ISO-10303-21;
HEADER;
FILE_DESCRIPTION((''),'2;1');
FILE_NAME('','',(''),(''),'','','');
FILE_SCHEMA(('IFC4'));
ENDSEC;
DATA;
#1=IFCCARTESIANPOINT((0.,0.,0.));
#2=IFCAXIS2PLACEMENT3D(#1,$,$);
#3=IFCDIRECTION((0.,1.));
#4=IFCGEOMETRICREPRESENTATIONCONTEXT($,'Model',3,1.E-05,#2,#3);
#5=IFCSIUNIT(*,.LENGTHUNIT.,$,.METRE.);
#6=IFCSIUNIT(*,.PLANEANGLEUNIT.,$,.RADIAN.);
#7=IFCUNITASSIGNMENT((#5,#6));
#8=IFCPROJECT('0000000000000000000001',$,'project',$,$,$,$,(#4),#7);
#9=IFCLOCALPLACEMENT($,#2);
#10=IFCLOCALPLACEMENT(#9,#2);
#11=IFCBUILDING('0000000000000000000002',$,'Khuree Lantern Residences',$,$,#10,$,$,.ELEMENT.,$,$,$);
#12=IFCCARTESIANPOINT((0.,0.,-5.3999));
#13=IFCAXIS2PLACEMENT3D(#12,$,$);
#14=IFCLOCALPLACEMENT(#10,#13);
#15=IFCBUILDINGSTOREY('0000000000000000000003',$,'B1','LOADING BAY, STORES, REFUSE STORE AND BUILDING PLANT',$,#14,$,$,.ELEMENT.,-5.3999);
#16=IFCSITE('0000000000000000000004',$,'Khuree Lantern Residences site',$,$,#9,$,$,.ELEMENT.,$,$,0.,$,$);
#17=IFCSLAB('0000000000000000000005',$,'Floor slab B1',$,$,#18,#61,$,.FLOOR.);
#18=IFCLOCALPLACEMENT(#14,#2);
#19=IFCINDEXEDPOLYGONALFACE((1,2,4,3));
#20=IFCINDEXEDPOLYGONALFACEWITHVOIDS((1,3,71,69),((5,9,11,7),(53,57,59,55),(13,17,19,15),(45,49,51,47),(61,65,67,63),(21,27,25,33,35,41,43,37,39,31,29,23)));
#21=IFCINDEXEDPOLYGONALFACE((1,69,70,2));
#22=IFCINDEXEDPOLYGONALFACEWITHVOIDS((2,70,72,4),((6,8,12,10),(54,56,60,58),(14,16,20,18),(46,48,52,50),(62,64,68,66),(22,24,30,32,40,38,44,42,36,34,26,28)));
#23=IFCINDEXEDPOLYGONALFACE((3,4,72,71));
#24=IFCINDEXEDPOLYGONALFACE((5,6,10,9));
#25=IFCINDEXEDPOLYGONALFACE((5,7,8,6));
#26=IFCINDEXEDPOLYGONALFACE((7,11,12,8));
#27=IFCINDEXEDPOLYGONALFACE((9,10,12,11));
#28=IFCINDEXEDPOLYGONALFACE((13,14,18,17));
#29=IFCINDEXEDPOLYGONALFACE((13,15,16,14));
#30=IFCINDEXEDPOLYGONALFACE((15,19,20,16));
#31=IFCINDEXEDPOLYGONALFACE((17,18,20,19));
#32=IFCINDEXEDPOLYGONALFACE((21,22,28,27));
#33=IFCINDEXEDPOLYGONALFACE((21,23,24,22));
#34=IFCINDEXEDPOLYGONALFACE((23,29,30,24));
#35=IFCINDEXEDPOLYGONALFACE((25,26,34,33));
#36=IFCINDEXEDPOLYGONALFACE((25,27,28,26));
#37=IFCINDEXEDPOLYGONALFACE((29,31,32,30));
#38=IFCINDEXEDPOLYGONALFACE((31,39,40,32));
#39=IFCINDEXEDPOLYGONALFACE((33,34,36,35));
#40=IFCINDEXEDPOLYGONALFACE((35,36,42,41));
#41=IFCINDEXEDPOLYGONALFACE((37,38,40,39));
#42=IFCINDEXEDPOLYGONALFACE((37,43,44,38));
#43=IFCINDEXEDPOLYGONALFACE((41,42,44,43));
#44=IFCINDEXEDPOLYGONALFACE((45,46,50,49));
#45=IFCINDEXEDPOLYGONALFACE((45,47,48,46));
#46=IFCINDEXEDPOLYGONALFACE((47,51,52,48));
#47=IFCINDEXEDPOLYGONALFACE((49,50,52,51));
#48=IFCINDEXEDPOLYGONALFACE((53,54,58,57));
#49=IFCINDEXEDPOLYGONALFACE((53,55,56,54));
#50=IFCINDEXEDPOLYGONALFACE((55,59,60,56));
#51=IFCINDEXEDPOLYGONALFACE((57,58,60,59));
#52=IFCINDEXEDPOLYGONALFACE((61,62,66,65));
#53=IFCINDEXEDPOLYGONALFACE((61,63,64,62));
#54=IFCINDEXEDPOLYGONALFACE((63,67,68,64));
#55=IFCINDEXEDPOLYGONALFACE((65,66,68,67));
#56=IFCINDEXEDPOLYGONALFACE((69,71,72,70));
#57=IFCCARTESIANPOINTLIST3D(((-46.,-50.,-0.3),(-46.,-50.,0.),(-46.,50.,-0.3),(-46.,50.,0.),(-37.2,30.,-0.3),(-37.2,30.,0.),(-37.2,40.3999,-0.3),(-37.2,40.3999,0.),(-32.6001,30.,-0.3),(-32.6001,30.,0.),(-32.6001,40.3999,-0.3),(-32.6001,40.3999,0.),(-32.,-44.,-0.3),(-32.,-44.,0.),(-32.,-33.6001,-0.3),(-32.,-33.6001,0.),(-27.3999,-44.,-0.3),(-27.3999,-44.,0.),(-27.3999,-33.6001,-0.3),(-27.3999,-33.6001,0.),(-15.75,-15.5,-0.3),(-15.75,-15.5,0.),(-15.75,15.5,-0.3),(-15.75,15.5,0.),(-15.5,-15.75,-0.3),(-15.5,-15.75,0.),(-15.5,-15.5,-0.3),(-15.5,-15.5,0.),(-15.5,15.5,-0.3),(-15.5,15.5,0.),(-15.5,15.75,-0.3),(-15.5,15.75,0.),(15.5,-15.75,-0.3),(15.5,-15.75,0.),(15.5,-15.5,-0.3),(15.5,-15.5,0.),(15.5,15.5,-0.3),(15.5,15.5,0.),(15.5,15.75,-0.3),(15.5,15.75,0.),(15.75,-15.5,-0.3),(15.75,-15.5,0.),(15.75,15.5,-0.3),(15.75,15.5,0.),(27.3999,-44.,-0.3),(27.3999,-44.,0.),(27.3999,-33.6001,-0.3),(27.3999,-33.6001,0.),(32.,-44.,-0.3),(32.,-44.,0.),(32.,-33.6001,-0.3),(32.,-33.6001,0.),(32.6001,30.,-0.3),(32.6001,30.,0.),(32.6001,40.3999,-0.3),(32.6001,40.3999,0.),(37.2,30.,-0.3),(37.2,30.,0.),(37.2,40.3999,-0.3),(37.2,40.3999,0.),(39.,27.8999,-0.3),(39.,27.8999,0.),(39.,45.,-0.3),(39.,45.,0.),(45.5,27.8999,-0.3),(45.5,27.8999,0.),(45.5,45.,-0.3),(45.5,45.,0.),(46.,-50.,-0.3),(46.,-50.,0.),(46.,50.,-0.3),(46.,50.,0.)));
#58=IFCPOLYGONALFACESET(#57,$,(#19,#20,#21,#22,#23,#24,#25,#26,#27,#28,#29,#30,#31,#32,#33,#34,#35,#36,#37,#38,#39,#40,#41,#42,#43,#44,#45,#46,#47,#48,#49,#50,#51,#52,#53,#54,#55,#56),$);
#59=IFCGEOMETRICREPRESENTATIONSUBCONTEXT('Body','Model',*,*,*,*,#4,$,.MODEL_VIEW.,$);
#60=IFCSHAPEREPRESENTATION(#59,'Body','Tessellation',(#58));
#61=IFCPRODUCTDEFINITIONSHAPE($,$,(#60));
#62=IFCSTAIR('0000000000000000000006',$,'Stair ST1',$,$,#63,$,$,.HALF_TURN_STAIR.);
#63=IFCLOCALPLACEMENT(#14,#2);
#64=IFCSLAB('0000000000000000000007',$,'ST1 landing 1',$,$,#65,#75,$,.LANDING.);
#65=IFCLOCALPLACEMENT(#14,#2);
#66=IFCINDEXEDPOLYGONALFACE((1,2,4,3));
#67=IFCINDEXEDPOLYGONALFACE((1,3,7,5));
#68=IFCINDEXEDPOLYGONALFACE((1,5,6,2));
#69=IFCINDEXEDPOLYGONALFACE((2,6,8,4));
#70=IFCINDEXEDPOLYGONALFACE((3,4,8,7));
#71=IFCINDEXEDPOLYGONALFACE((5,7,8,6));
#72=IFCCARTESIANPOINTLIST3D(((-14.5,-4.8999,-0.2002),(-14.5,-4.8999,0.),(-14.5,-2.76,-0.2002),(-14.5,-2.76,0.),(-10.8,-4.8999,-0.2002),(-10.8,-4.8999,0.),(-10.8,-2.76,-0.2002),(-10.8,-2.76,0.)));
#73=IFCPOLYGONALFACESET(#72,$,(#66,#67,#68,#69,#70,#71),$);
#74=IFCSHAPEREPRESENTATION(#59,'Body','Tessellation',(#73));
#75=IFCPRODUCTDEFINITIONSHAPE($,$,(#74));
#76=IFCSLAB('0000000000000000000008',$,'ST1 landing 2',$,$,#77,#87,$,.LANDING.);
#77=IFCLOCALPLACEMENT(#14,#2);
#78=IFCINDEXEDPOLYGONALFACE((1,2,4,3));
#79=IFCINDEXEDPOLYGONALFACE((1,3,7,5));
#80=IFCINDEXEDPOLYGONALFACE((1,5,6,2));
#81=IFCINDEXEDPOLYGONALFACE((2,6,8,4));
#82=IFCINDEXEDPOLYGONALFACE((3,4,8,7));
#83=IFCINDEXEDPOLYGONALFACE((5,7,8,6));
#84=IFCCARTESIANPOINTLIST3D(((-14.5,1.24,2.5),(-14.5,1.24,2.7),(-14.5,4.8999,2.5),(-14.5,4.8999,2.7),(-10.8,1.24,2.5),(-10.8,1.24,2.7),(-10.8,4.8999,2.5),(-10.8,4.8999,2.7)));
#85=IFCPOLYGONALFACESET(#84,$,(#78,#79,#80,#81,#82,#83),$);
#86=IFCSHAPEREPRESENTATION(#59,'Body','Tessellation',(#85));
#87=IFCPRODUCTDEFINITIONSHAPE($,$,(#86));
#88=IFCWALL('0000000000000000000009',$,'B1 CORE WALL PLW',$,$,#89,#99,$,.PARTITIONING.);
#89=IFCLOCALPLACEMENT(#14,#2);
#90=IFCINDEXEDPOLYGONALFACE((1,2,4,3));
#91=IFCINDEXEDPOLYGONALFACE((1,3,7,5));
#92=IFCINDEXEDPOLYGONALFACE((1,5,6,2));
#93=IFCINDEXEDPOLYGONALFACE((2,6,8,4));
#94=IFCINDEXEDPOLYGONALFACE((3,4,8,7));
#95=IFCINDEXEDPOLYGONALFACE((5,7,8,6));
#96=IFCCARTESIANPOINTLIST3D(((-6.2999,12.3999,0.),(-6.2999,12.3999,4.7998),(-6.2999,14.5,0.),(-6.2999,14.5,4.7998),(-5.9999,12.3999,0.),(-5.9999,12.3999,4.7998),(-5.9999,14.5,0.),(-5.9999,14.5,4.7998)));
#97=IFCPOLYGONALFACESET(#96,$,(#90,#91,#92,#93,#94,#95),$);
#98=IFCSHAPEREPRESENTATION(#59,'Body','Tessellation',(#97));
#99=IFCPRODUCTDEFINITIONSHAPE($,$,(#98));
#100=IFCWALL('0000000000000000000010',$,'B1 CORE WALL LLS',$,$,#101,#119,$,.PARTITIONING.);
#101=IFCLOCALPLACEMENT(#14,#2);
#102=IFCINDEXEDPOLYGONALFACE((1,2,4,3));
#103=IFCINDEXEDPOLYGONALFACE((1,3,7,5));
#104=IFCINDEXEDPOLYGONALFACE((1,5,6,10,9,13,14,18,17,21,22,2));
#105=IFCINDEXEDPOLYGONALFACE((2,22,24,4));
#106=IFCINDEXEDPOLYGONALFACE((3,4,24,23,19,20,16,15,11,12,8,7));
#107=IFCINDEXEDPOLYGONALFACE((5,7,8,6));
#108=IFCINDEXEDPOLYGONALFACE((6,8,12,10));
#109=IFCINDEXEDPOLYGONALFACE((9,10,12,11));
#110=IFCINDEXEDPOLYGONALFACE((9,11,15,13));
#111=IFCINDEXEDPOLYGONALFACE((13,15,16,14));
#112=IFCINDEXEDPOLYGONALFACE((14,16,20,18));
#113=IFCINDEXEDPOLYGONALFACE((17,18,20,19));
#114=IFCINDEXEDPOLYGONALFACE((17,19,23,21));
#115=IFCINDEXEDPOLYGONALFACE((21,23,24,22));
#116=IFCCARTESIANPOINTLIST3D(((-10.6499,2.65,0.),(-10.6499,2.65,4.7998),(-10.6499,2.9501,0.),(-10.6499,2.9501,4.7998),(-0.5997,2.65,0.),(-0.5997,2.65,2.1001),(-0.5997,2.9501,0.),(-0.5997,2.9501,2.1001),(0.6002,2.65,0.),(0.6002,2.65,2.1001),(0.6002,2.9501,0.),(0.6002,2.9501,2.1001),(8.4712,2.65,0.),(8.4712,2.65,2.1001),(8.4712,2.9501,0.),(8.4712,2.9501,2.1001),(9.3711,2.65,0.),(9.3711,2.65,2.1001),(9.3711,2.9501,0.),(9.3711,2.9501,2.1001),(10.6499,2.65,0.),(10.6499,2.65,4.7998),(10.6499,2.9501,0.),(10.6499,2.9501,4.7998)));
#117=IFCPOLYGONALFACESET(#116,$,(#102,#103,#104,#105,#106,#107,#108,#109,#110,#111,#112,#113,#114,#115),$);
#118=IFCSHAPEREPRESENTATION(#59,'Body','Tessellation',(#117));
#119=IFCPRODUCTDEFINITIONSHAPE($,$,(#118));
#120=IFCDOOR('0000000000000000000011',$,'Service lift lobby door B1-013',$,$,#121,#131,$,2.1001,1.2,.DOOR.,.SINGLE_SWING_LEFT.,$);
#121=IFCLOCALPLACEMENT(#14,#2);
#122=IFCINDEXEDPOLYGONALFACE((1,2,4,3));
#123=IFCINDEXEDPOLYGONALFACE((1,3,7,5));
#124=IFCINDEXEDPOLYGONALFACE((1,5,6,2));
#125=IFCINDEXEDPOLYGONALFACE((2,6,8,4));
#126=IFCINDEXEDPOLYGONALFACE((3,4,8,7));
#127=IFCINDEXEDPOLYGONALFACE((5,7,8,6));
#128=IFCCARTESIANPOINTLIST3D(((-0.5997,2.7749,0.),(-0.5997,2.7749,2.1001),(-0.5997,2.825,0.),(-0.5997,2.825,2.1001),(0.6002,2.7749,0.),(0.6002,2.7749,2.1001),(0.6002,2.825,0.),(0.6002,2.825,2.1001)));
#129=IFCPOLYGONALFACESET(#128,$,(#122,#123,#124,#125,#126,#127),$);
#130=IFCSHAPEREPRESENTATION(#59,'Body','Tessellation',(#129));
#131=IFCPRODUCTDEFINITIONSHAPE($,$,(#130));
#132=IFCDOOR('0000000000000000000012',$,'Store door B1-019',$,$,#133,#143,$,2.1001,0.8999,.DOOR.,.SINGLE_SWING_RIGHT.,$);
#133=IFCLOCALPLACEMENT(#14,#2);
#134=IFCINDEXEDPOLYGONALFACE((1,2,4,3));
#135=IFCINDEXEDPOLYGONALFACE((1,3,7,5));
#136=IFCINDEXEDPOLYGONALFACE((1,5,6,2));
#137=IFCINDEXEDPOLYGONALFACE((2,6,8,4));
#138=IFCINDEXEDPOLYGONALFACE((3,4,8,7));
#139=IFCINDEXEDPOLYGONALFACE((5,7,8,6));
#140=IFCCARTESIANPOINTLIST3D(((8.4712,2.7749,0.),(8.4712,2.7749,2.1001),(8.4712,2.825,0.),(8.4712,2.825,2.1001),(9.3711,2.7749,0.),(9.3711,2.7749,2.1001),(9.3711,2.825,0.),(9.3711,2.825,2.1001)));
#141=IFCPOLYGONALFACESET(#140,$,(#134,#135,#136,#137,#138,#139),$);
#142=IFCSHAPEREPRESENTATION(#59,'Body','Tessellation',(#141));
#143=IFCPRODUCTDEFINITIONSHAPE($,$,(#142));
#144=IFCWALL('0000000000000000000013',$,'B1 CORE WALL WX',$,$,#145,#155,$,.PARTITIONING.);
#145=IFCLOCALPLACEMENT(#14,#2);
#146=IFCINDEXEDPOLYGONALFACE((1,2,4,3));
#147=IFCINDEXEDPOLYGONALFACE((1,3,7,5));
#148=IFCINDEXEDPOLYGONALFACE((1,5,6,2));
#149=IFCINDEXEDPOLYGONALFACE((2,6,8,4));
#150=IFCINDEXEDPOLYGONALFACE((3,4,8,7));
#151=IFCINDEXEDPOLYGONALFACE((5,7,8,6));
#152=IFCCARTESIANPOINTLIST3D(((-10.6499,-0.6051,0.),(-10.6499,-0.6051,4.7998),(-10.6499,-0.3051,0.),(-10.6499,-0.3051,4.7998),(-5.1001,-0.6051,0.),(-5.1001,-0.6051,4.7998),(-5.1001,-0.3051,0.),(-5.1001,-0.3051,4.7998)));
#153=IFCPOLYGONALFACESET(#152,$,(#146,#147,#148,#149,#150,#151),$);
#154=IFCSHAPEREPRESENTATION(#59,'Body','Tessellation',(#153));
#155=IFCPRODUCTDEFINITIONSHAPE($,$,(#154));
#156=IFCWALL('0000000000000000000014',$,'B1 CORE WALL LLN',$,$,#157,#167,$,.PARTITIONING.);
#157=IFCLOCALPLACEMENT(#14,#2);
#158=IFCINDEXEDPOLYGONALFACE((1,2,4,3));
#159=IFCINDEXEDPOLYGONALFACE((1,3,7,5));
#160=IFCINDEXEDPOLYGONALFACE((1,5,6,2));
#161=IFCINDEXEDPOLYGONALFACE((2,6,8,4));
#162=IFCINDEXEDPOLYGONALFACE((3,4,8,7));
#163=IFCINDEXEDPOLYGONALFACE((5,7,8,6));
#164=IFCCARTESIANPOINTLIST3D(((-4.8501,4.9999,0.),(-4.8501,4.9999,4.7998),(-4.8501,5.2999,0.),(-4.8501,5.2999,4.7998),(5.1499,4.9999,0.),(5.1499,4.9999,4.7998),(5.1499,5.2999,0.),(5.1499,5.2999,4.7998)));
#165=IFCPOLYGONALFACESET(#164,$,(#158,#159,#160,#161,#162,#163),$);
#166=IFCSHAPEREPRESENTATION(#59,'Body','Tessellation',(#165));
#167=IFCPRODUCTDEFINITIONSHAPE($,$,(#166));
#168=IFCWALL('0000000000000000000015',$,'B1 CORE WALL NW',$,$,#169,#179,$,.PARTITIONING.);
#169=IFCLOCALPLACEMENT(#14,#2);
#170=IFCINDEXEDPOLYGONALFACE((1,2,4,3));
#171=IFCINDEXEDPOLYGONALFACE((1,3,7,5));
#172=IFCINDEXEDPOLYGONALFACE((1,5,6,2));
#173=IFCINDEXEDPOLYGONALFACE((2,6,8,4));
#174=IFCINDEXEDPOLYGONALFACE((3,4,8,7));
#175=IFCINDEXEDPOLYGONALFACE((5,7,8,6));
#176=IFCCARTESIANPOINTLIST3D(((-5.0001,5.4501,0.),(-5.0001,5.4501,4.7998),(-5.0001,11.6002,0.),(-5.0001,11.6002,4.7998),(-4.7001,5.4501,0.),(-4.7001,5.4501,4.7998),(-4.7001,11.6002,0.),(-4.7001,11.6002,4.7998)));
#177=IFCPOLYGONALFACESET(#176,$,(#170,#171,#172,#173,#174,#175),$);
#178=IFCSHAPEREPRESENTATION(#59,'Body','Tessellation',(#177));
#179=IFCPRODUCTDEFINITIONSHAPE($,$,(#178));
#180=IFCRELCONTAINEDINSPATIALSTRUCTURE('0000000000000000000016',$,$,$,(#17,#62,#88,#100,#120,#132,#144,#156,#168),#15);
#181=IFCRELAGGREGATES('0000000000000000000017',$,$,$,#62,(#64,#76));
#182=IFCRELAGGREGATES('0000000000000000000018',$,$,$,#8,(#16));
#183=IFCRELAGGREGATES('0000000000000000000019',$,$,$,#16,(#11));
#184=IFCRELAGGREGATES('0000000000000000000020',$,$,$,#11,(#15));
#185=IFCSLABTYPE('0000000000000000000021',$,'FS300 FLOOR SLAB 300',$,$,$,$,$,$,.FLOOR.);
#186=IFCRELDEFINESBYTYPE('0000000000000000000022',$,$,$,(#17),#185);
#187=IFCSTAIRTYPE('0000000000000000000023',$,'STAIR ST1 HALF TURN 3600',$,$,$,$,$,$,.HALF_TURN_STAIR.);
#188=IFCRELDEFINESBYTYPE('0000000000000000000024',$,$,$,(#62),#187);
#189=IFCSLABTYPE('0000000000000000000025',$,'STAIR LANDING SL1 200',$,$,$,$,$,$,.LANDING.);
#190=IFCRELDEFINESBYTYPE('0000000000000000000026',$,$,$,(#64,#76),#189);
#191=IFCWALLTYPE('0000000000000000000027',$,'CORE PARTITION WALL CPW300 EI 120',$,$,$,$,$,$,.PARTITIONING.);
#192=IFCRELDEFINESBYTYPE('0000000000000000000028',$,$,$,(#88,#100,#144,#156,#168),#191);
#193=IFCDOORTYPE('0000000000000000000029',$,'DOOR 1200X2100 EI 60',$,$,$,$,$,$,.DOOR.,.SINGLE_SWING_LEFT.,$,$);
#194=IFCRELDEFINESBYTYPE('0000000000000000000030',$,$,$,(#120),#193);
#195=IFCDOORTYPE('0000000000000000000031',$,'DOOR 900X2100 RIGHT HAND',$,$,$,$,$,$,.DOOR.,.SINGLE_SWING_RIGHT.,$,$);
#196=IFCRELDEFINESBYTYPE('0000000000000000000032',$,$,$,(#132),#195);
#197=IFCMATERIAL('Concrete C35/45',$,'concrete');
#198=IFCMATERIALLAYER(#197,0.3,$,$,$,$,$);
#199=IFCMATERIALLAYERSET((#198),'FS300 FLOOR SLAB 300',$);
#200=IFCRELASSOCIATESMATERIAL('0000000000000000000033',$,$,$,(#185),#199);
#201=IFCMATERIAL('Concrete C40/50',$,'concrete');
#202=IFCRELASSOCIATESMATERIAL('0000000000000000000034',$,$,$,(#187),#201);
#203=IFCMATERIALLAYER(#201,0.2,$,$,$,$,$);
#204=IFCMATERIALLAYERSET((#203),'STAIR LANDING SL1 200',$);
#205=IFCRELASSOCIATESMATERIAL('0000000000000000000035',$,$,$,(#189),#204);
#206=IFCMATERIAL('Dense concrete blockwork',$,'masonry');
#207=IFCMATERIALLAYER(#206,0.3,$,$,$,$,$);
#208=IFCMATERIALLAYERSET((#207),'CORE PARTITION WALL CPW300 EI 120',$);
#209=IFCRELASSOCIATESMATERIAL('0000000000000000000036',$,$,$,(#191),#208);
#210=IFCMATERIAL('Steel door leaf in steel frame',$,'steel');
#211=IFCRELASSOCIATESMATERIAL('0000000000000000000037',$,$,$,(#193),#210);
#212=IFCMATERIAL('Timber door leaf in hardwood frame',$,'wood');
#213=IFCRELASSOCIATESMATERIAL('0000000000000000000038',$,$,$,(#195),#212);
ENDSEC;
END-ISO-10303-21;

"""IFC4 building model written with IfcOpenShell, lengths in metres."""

from ifc_helpers import new_model, si_unit, direction, frame, frame_2d, origin, place, context, subcontext, project, spatial, polyline, rectangle, outline, extrude, material, layer, layer_set, type_object, element, fill, aggregate, save


model = new_model("IFC4")

# Units and contexts
model_context = context("Model", 3, precision=1e-05, world=origin(), true_north=direction((0.0, 1.0)))
body_context = subcontext(model_context, "Body", "Model", "MODEL_VIEW")
ifc_project = project(units=[si_unit("LENGTHUNIT", "METRE"), si_unit("PLANEANGLEUNIT", "RADIAN")], contexts=[model_context])

# Site, building, storey
site_placement = place(None, origin())
site = spatial("IfcSite", under=ifc_project, at=site_placement, Name="Khuree Lantern Residences site", CompositionType="ELEMENT", RefElevation=0.0)
building_placement = place(site_placement, origin())
building = spatial("IfcBuilding", under=site, at=building_placement, Name="Khuree Lantern Residences", CompositionType="ELEMENT")
storey_placement = place(building_placement, frame((0.0, 0.0, -5.3999)))
storey = spatial("IfcBuildingStorey", under=building, at=storey_placement, Name="B1", Description="LOADING BAY, STORES, REFUSE STORE AND BUILDING PLANT", CompositionType="ELEMENT", Elevation=-5.3999)

# Shared definitions
ifc_material_1 = material(Name="Concrete C40/50", Category="concrete")

# Slab
ifc_material_2 = material(Name="Concrete C35/45", Category="concrete")
ifc_layer_1 = layer(ifc_material_2, 0.3)
ifc_layer_set_1 = layer_set([ifc_layer_1], Name="FS300 FLOOR SLAB 300")
slab_type_1 = type_object("IfcSlabType", Name="FS300 FLOOR SLAB 300", PredefinedType="FLOOR", material=ifc_layer_set_1)
slab_1_placement = place(storey_placement, frame((0.0, 0.0, -0.3)))
element("IfcSlab", 1, at=slab_1_placement, inside=storey, type_object=slab_type_1, Name="Floor slab B1", PredefinedType="FLOOR", context=body_context, shape_type="SweptSolid", body=[
    extrude(outline(polyline([(-46.0, 50.0), (46.0, 50.0), (46.0, -50.0), (-46.0, -50.0), (-46.0, 50.0)]), holes=[polyline([(45.5, 45.0), (39.0, 45.0), (39.0, 27.8999), (45.5, 27.8999), (45.5, 45.0)]), polyline([(37.2, 40.3999), (32.6001, 40.3999), (32.6001, 30.0), (37.2, 30.0), (37.2, 40.3999)]), polyline([(32.0, -33.6001), (27.3999, -33.6001), (27.3999, -44.0), (32.0, -44.0), (32.0, -33.6001)]), polyline([(15.75, 15.5), (15.5, 15.5), (15.5, 15.75), (-15.5, 15.75), (-15.5, 15.5), (-15.75, 15.5), (-15.75, -15.5), (-15.5, -15.5), (-15.5, -15.75), (15.5, -15.75), (15.5, -15.5), (15.75, -15.5), (15.75, 15.5)]), polyline([(-32.0, -33.6001), (-32.0, -44.0), (-27.3999, -44.0), (-27.3999, -33.6001), (-32.0, -33.6001)]), polyline([(-37.2, 40.3999), (-37.2, 30.0), (-32.6001, 30.0), (-32.6001, 40.3999), (-37.2, 40.3999)])]), origin(), (0.0, 0.0, 1.0), 0.3),
])

# Stair, slabs
stair_type = type_object("IfcStairType", Name="STAIR ST1 HALF TURN 3600", PredefinedType="HALF_TURN_STAIR", material=ifc_material_1)
stair_placement = place(storey_placement, origin())
stair = element("IfcStair", 2, at=stair_placement, inside=storey, type_object=stair_type, Name="Stair ST1", PredefinedType="HALF_TURN_STAIR")
ifc_layer_2 = layer(ifc_material_1, 0.2)
ifc_layer_set_2 = layer_set([ifc_layer_2], Name="STAIR LANDING SL1 200")
slab_type_2 = type_object("IfcSlabType", Name="STAIR LANDING SL1 200", PredefinedType="LANDING", material=ifc_layer_set_2)
slab_2_placement = place(storey_placement, frame((0.0, 0.0, -0.2002)))
slab_2 = element("IfcSlab", 3, at=slab_2_placement, type_object=slab_type_2, Name="ST1 landing 1", PredefinedType="LANDING", context=body_context, shape_type="SweptSolid", body=[
    extrude(outline(polyline([(-14.5, -4.8999), (-10.8, -4.8999), (-10.8, -2.76), (-14.5, -2.76), (-14.5, -4.8999)])), origin(), (0.0, 0.0, 1.0), 0.2002),
])
slab_3_placement = place(storey_placement, frame((0.0, 0.0, 2.5)))
slab_3 = element("IfcSlab", 4, at=slab_3_placement, type_object=slab_type_2, Name="ST1 landing 2", PredefinedType="LANDING", context=body_context, shape_type="SweptSolid", body=[
    extrude(outline(polyline([(-14.5, 1.24), (-14.5, 4.8999), (-10.8, 4.8999), (-10.8, 1.24), (-14.5, 1.24)])), origin(), (0.0, 0.0, 1.0), 0.2),
])

# Wall
ifc_material_3 = material(Name="Dense concrete blockwork", Category="masonry")
ifc_layer_3 = layer(ifc_material_3, 0.3)
ifc_layer_set_3 = layer_set([ifc_layer_3], Name="CORE PARTITION WALL CPW300 EI 120")
wall_type_1 = type_object("IfcWallType", Name="CORE PARTITION WALL CPW300 EI 120", PredefinedType="PARTITIONING", material=ifc_layer_set_3)
wall_1_placement = place(storey_placement, frame((-6.1499, 12.3999, 0.0), z_axis=(0.0, 0.0, 1.0), x_axis=(0.0, 1.0, 0.0)))
element("IfcWall", 5, at=wall_1_placement, inside=storey, type_object=wall_type_1, Name="B1 CORE WALL PLW", PredefinedType="PARTITIONING", context=body_context, shape_type="SweptSolid", body=[
    extrude(rectangle(XDim=2.1001, YDim=0.3, at=frame_2d((1.05, 0.0))), origin(), (0.0, 0.0, 1.0), 4.7998),
])

# Wall, openings, doors
wall_2_placement = place(storey_placement, frame((-10.6499, 2.8, 0.0), z_axis=(0.0, 0.0, 1.0), x_axis=(1.0, 0.0, 0.0)))
wall_2 = element("IfcWall", 6, at=wall_2_placement, inside=storey, type_object=wall_type_1, Name="B1 CORE WALL LLS", PredefinedType="PARTITIONING", context=body_context, shape_type="SweptSolid", body=[
    extrude(rectangle(XDim=21.2998, YDim=0.3, at=frame_2d((10.6499, 0.0))), origin(), (0.0, 0.0, 1.0), 4.7998),
])
opening_1_placement = place(wall_2_placement, frame((10.05, 0.0, 0.0)))
opening_1 = element("IfcOpeningElement", 7, at=opening_1_placement, cuts=wall_2, PredefinedType="OPENING", context=body_context, shape_type="SweptSolid", body=[
    extrude(rectangle(XDim=1.2, YDim=2.1001, at=frame_2d((0.6001, 1.05))), frame((0.0, 0.1602, 0.0), z_axis=(0.0, -1.0, 0.0), x_axis=(1.0, 0.0, 0.0)), (0.0, 0.0, 1.0), 0.3201),
])
opening_2_placement = place(wall_2_placement, frame((19.1211, 0.0, 0.0)))
opening_2 = element("IfcOpeningElement", 8, at=opening_2_placement, cuts=wall_2, PredefinedType="OPENING", context=body_context, shape_type="SweptSolid", body=[
    extrude(rectangle(XDim=0.8999, YDim=2.1001, at=frame_2d((0.45, 1.05))), frame((0.0, 0.1602, 0.0), z_axis=(0.0, -1.0, 0.0), x_axis=(1.0, 0.0, 0.0)), (0.0, 0.0, 1.0), 0.3201),
])
ifc_material_4 = material(Name="Steel door leaf in steel frame", Category="steel")
door_type_1 = type_object("IfcDoorType", Name="DOOR 1200X2100 EI 60", OperationType="SINGLE_SWING_LEFT", PredefinedType="DOOR", material=ifc_material_4)
door_1_placement = place(opening_1_placement, origin())
door_1 = element("IfcDoor", 9, at=door_1_placement, inside=storey, type_object=door_type_1, Name="Service lift lobby door B1-013", OperationType="SINGLE_SWING_LEFT", OverallHeight=2.1001, OverallWidth=1.2, PredefinedType="DOOR", context=body_context, shape_type="SweptSolid", body=[
    extrude(rectangle(XDim=1.2, YDim=2.1001, at=frame_2d((0.6001, 1.05))), frame((0.0, 0.0249, 0.0), z_axis=(0.0, -1.0, 0.0), x_axis=(1.0, 0.0, 0.0)), (0.0, 0.0, 1.0), 0.05),
])
fill(opening_1, door_1)
ifc_material_5 = material(Name="Timber door leaf in hardwood frame", Category="wood")
door_type_2 = type_object("IfcDoorType", Name="DOOR 900X2100 RIGHT HAND", OperationType="SINGLE_SWING_RIGHT", PredefinedType="DOOR", material=ifc_material_5)
door_2_placement = place(opening_2_placement, origin())
door_2 = element("IfcDoor", 10, at=door_2_placement, inside=storey, type_object=door_type_2, Name="Store door B1-019", OperationType="SINGLE_SWING_RIGHT", OverallHeight=2.1001, OverallWidth=0.8999, PredefinedType="DOOR", context=body_context, shape_type="SweptSolid", body=[
    extrude(rectangle(XDim=0.8999, YDim=2.1001, at=frame_2d((0.45, 1.05))), frame((0.0, 0.0249, 0.0), z_axis=(0.0, -1.0, 0.0), x_axis=(1.0, 0.0, 0.0)), (0.0, 0.0, 1.0), 0.05),
])
fill(opening_2, door_2)

# Walls
wall_3_placement = place(storey_placement, frame((-10.6499, -0.4551, 0.0), z_axis=(0.0, 0.0, 1.0), x_axis=(1.0, 0.0, 0.0)))
element("IfcWall", 11, at=wall_3_placement, inside=storey, type_object=wall_type_1, Name="B1 CORE WALL WX", PredefinedType="PARTITIONING", context=body_context, shape_type="SweptSolid", body=[
    extrude(rectangle(XDim=5.5498, YDim=0.3, at=frame_2d((2.7749, 0.0))), origin(), (0.0, 0.0, 1.0), 4.7998),
])
wall_4_placement = place(storey_placement, frame((-4.8501, 5.1499, 0.0), z_axis=(0.0, 0.0, 1.0), x_axis=(1.0, 0.0, 0.0)))
element("IfcWall", 12, at=wall_4_placement, inside=storey, type_object=wall_type_1, Name="B1 CORE WALL LLN", PredefinedType="PARTITIONING", context=body_context, shape_type="SweptSolid", body=[
    extrude(rectangle(XDim=10.0, YDim=0.3, at=frame_2d((5.0, 0.0))), origin(), (0.0, 0.0, 1.0), 4.7998),
])
wall_5_placement = place(storey_placement, frame((-4.8501, 5.45, 0.0), z_axis=(0.0, 0.0, 1.0), x_axis=(0.0, 1.0, 0.0)))
element("IfcWall", 13, at=wall_5_placement, inside=storey, type_object=wall_type_1, Name="B1 CORE WALL NW", PredefinedType="PARTITIONING", context=body_context, shape_type="SweptSolid", body=[
    extrude(rectangle(XDim=6.1501, YDim=0.3, at=frame_2d((3.0752, 0.0))), origin(), (0.0, 0.0, 1.0), 4.7998),
])

aggregate(stair, [slab_2, slab_3])

save(model, "model.ifc")
